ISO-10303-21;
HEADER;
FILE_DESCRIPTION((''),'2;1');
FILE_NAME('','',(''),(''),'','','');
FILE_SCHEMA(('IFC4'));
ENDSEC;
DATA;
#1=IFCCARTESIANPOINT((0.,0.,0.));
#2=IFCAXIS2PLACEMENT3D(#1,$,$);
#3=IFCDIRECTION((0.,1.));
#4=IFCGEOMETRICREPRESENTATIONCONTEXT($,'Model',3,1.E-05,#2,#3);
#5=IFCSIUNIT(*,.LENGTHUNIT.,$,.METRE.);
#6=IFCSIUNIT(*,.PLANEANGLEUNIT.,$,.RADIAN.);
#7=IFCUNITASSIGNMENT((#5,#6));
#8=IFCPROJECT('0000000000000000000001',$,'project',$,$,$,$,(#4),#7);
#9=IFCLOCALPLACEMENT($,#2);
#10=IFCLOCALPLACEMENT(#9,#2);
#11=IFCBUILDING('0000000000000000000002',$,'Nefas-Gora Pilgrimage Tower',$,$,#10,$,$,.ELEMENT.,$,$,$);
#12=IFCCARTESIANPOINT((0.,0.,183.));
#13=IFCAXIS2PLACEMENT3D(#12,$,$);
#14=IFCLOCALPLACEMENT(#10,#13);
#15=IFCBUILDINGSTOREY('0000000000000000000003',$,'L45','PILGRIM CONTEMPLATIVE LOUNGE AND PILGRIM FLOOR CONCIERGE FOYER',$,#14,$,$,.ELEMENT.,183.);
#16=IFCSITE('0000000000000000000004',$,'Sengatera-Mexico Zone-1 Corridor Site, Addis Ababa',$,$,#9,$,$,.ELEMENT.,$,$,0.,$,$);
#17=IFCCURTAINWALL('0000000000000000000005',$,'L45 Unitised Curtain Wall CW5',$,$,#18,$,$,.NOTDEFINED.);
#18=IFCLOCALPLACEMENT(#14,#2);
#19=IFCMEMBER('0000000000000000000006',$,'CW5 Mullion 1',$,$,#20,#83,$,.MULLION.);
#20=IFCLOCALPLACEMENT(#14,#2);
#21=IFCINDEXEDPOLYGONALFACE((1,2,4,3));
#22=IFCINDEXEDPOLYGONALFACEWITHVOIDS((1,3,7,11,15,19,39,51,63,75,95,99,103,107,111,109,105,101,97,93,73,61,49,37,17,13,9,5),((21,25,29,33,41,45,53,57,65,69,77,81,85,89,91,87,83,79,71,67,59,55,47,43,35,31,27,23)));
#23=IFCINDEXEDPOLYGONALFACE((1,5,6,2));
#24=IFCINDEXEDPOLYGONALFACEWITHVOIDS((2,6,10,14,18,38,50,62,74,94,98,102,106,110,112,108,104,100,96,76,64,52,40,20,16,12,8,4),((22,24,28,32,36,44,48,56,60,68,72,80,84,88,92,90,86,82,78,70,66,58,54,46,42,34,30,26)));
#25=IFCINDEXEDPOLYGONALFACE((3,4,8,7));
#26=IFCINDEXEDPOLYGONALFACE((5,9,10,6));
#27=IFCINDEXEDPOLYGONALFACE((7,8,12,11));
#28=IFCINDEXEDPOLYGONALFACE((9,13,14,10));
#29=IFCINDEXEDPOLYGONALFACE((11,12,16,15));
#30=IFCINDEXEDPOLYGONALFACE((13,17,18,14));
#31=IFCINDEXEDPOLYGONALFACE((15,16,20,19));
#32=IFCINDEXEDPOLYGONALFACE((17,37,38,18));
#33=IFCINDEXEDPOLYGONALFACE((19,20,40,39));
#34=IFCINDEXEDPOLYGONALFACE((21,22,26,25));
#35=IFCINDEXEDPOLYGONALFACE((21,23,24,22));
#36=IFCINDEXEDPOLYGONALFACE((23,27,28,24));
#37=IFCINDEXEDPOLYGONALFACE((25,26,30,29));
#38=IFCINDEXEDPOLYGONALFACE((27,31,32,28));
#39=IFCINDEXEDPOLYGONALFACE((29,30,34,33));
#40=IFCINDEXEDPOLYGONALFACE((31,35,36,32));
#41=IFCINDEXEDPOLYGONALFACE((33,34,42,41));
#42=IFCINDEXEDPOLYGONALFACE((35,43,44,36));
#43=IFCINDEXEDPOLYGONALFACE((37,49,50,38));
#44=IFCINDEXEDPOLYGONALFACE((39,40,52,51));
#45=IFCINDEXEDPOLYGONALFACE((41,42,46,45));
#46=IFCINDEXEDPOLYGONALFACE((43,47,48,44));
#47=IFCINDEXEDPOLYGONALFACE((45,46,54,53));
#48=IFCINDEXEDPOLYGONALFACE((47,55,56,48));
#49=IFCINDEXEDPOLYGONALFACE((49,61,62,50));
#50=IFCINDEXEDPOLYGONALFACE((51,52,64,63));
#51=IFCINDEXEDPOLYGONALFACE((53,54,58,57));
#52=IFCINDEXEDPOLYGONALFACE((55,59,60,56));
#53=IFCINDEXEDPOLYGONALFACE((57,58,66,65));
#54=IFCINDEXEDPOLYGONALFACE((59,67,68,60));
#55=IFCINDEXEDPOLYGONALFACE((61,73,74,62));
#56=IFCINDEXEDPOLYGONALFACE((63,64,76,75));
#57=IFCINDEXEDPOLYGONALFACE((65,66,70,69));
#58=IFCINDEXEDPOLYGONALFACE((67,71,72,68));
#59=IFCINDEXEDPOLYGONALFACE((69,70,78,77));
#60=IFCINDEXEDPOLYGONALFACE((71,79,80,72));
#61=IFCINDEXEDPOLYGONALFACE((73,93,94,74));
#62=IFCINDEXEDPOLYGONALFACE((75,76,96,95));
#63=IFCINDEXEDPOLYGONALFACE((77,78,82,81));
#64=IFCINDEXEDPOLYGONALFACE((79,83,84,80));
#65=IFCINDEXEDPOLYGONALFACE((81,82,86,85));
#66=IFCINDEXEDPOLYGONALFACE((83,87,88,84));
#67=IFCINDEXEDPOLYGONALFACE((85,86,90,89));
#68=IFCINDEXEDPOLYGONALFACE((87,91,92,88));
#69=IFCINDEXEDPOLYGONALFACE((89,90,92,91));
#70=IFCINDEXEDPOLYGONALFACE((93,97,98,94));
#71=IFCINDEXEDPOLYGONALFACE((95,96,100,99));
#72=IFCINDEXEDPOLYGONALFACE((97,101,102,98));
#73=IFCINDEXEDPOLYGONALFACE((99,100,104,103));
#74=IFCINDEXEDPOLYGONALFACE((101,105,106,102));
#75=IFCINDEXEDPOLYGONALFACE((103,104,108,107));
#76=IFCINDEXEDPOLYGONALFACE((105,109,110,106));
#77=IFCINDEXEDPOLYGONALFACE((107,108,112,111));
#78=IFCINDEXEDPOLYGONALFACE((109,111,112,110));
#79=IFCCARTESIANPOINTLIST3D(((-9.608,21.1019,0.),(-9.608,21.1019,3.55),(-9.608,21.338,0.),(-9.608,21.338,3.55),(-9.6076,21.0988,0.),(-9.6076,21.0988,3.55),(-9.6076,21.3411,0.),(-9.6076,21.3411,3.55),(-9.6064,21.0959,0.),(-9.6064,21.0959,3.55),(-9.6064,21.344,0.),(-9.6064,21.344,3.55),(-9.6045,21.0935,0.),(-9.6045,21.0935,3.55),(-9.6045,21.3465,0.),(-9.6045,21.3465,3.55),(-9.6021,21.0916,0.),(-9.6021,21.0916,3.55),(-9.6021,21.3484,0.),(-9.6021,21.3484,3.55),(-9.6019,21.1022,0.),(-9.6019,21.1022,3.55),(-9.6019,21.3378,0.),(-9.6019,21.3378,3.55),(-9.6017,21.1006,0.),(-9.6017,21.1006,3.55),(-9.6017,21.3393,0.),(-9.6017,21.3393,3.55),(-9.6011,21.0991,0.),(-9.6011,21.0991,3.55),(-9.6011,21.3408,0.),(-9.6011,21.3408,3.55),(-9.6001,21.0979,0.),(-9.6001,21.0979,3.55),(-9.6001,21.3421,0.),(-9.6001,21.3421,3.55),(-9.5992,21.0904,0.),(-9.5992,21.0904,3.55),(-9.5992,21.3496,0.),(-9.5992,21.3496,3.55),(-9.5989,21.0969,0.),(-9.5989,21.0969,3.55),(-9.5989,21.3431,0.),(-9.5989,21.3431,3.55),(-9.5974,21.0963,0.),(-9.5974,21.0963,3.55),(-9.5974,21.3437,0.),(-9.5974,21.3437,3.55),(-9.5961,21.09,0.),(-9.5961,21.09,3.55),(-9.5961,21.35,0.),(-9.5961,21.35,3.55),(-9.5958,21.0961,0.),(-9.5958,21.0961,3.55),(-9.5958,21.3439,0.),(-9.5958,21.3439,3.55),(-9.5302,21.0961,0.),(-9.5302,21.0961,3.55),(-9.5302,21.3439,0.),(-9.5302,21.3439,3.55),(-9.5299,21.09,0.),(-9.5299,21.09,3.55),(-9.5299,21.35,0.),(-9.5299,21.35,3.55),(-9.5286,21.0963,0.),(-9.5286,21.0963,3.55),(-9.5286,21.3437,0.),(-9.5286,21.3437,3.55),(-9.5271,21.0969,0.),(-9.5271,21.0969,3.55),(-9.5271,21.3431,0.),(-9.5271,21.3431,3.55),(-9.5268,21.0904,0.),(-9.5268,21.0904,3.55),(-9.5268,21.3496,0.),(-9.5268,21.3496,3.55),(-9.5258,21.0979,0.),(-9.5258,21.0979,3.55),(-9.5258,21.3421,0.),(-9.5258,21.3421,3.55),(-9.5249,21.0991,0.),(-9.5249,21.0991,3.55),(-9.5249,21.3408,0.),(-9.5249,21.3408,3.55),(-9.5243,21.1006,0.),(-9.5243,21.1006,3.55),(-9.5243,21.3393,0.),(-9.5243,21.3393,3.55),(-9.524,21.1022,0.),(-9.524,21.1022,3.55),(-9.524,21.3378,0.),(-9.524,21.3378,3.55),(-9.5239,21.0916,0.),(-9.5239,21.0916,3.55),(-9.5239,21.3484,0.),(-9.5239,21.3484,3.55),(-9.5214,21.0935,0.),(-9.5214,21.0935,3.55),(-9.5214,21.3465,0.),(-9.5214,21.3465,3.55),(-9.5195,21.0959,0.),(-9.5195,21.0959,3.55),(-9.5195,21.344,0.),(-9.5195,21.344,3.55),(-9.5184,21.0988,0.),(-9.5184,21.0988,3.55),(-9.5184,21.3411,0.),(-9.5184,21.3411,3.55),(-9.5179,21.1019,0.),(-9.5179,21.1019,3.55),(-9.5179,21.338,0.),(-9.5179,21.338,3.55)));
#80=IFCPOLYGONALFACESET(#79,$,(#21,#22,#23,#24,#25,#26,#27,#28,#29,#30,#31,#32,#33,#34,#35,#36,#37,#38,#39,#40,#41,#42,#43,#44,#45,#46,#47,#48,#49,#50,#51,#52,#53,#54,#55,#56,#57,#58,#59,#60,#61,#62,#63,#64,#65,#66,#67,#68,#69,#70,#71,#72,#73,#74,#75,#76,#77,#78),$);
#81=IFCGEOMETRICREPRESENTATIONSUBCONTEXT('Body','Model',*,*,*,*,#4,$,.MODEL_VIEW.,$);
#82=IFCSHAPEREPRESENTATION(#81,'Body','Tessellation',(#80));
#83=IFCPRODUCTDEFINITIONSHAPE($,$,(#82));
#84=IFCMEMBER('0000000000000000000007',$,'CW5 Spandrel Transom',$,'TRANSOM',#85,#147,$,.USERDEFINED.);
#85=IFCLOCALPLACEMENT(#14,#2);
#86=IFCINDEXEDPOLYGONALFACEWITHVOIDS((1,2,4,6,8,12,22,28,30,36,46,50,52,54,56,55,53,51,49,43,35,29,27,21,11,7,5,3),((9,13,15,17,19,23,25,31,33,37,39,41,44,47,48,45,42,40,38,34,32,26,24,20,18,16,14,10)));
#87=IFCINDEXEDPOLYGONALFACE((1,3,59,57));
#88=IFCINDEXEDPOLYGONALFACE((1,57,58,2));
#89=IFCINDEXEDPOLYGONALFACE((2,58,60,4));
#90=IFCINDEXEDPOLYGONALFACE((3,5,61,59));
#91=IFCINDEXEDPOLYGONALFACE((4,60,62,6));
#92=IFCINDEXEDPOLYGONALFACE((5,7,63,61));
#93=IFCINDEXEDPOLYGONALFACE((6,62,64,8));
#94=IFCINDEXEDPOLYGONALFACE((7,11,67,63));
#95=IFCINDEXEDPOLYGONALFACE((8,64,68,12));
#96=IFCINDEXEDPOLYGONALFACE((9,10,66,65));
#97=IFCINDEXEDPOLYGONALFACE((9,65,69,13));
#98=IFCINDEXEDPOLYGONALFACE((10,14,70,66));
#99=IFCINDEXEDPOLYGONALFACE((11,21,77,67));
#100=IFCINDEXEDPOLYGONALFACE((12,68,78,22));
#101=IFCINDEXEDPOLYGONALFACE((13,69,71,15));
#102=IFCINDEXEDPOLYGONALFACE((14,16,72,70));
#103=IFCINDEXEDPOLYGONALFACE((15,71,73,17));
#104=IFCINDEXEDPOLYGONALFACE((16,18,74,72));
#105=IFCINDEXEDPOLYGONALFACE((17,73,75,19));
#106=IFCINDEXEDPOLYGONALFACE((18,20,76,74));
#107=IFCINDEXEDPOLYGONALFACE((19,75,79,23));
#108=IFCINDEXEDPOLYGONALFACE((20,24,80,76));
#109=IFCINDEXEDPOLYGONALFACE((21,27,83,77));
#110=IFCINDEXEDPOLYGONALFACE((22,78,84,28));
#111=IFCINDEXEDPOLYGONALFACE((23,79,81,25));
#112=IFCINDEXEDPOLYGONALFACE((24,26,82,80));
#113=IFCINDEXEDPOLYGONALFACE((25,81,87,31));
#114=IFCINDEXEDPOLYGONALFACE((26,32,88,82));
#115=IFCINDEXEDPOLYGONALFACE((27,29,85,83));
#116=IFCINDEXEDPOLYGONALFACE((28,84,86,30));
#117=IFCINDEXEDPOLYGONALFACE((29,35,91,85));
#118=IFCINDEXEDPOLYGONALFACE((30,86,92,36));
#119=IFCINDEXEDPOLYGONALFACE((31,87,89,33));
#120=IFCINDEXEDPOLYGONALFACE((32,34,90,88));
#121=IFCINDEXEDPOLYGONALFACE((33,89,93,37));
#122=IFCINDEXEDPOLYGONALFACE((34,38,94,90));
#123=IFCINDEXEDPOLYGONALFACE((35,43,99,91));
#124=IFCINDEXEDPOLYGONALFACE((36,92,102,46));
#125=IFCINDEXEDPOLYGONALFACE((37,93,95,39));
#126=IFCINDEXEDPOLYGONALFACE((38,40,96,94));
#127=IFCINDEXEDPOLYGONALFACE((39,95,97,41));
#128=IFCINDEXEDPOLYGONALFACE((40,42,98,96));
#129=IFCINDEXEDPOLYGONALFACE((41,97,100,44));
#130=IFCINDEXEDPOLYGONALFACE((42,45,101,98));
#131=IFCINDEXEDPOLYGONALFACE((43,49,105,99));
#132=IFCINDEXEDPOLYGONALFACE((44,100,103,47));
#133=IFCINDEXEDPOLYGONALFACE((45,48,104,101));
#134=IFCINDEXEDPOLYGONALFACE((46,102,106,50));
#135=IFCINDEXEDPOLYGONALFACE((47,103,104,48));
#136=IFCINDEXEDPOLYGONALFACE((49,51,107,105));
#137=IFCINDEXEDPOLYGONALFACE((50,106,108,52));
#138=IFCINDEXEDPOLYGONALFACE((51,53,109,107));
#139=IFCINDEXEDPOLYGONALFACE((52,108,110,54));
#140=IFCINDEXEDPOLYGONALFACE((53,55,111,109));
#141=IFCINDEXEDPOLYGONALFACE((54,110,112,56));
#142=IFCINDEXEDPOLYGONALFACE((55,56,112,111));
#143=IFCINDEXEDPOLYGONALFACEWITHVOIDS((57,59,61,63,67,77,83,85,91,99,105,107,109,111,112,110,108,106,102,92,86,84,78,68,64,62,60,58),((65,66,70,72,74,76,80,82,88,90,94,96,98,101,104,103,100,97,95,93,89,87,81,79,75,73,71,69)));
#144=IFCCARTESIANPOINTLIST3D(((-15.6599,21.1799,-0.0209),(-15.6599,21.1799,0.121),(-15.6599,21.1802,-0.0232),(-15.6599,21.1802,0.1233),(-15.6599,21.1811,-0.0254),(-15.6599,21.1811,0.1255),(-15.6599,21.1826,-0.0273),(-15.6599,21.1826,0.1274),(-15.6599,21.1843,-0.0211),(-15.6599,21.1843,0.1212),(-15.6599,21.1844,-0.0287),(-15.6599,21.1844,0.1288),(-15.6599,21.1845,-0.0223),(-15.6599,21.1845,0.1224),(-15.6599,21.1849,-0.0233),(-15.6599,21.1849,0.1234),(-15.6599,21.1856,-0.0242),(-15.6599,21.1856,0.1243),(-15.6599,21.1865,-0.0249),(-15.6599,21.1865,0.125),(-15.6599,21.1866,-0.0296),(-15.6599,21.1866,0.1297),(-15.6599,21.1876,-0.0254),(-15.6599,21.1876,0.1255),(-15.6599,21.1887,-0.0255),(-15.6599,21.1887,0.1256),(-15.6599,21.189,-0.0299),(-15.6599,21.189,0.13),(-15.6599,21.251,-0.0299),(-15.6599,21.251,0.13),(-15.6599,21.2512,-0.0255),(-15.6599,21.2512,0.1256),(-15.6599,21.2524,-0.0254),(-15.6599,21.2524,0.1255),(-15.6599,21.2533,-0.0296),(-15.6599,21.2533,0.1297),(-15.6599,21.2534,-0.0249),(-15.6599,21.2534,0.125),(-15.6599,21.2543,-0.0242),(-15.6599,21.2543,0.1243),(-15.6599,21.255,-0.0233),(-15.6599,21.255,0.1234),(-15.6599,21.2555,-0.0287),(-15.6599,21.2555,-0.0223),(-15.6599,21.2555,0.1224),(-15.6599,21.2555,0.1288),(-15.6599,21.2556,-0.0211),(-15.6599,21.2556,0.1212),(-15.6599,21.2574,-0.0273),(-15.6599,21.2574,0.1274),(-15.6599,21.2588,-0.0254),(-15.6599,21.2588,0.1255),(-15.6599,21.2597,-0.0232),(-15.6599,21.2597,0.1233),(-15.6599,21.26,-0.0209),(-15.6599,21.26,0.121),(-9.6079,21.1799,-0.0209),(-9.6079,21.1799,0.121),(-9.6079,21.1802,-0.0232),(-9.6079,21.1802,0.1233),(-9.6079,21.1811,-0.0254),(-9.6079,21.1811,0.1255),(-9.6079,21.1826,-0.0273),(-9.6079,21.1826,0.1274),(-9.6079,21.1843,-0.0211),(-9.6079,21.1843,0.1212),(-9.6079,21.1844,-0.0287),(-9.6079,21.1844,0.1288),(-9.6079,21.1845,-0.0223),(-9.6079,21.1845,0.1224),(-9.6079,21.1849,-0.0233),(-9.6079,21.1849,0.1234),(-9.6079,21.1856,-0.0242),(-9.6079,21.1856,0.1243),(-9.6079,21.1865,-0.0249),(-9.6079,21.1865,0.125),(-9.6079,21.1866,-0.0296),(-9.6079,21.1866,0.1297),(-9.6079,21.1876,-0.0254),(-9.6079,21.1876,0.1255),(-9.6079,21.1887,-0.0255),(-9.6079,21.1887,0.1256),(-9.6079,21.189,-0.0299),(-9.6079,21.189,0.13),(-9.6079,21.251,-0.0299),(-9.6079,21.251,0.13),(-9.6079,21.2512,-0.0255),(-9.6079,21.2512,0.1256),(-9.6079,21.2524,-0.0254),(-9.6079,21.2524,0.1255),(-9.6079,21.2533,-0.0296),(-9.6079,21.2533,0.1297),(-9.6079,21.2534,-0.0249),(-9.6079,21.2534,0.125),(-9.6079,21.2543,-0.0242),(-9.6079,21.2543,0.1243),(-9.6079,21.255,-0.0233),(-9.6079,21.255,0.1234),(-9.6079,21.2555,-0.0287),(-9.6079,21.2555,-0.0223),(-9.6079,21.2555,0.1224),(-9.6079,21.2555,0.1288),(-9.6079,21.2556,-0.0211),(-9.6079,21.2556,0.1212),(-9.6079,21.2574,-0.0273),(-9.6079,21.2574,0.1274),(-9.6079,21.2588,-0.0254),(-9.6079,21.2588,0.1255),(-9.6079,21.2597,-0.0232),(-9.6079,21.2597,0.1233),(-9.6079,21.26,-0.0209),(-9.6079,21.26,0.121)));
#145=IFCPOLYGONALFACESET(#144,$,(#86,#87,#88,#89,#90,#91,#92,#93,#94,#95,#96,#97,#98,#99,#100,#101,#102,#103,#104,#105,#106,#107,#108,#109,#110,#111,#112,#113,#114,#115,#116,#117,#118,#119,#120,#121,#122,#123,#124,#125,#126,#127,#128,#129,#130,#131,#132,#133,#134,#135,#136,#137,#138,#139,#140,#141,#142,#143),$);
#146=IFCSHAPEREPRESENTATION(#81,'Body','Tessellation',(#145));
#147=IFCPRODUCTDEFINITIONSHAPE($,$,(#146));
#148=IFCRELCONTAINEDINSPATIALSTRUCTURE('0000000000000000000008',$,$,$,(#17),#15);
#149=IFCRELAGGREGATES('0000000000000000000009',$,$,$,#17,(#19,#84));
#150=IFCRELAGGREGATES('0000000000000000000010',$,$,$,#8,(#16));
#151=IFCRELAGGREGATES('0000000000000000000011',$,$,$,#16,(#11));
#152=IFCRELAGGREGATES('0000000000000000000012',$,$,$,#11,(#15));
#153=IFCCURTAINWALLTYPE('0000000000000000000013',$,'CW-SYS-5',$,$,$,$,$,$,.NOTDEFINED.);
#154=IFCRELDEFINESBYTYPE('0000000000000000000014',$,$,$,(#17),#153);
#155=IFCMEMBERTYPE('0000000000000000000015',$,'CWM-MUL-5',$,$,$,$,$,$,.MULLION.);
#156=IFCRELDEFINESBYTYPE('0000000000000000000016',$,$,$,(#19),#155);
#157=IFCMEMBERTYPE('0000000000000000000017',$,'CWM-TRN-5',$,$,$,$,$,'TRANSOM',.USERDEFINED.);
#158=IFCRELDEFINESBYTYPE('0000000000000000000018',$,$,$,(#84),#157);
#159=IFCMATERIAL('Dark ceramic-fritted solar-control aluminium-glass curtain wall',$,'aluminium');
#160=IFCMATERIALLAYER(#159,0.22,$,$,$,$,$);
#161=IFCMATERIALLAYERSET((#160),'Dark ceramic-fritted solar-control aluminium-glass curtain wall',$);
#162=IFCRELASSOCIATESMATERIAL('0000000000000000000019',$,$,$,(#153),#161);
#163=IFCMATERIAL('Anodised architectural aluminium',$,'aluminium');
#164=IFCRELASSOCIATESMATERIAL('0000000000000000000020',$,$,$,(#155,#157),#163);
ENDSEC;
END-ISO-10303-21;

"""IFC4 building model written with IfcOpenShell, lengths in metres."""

from ifc_helpers import new_model, si_unit, direction, frame, origin, origin_2d, place, context, subcontext, project, spatial, hollow_rectangle, extrude, source, transform, mapped, material, layer, layer_set, material_profile, profile_set, type_object, element, aggregate, save


model = new_model("IFC4")

# Units and contexts
model_context = context("Model", 3, precision=1e-05, world=origin(), true_north=direction((0.0, 1.0)))
body_context = subcontext(model_context, "Body", "Model", "MODEL_VIEW")
ifc_project = project(units=[si_unit("LENGTHUNIT", "METRE"), si_unit("PLANEANGLEUNIT", "RADIAN")], contexts=[model_context])

# Site, building, storey
site_placement = place(None, origin())
site = spatial("IfcSite", under=ifc_project, at=site_placement, Name="Sengatera-Mexico Zone-1 Corridor Site, Addis Ababa", CompositionType="ELEMENT", RefElevation=0.0)
building_placement = place(site_placement, origin())
building = spatial("IfcBuilding", under=site, at=building_placement, Name="Nefas-Gora Pilgrimage Tower", CompositionType="ELEMENT")
storey_placement = place(building_placement, frame((0.0, 0.0, 183.0)))
storey = spatial("IfcBuildingStorey", under=building, at=storey_placement, Name="L45", Description="PILGRIM CONTEMPLATIVE LOUNGE AND PILGRIM FLOOR CONCIERGE FOYER", CompositionType="ELEMENT", Elevation=183.0)

# Shared definitions
ifc_material_1 = material(Name="Dark ceramic-fritted solar-control aluminium-glass curtain wall", Category="aluminium")
ifc_layer_1 = layer(ifc_material_1, 0.22)
ifc_layer_set_1 = layer_set([ifc_layer_1], Name="Dark ceramic-fritted solar-control aluminium-glass curtain wall")
curtain_wall_type = type_object("IfcCurtainWallType", Name="CW-SYS-5", PredefinedType="NOTDEFINED", material=ifc_layer_set_1)
ifc_material_2 = material(Name="Anodised architectural aluminium", Category="aluminium")
ifc_material_profile_1 = material_profile(ifc_material_2, hollow_rectangle(XDim=0.0901, YDim=0.26, WallThickness=0.0061, InnerFilletRadius=0.0061, OuterFilletRadius=0.012, at=origin_2d()), Name="ALU MULLION 90x260")
ifc_profile_set_1 = profile_set([ifc_material_profile_1], Name="Anodised architectural aluminium")
member_type_1 = type_object("IfcMemberType", Name="CWM-MUL-5", PredefinedType="MULLION", material=ifc_profile_set_1)
shared_shape_1 = source(origin(), body_context, "Body", "SweptSolid", [
    extrude(hollow_rectangle(XDim=0.0901, YDim=0.26, WallThickness=0.0061, InnerFilletRadius=0.0061, OuterFilletRadius=0.012, at=origin_2d()), origin(), (0.0, 0.0, 1.0), 3.55),
])

# Curtain wall, members
curtain_wall_1_placement = place(storey_placement, origin())
curtain_wall_1 = element("IfcCurtainWall", 1, at=curtain_wall_1_placement, inside=storey, type_object=curtain_wall_type, Name="L45 Unitised Curtain Wall CW5", PredefinedType="NOTDEFINED")
member_1_placement = place(storey_placement, frame((-9.563, 21.22, 0.0), z_axis=(0.0, 0.0, 1.0), x_axis=(-1.0, 0.0, 0.0)))
member_1 = element("IfcMember", 2, at=member_1_placement, type_object=member_type_1, Name="CW5 Mullion 1", PredefinedType="MULLION", context=body_context, shape_type="MappedRepresentation", body=[
    mapped(shared_shape_1, transform((0.0, 0.0, 0.0), x_axis=(1.0, 0.0, 0.0), y_axis=(0.0, 1.0, 0.0), z_axis=(0.0, 0.0, 1.0), scale=1.0)),
])
ifc_material_profile_2 = material_profile(ifc_material_2, hollow_rectangle(XDim=0.0801, YDim=0.1599, WallThickness=0.0044, InnerFilletRadius=0.0044, OuterFilletRadius=0.009, at=origin_2d()), Name="ALU TRANSOM 80x160")
ifc_profile_set_2 = profile_set([ifc_material_profile_2], Name="Anodised architectural aluminium")
member_type_2 = type_object("IfcMemberType", Name="CWM-TRN-5", ElementType="TRANSOM", PredefinedType="USERDEFINED", material=ifc_profile_set_2)
shared_shape_2 = source(origin(), body_context, "Body", "SweptSolid", [
    extrude(hollow_rectangle(XDim=0.0801, YDim=0.1599, WallThickness=0.0044, InnerFilletRadius=0.0044, OuterFilletRadius=0.009, at=origin_2d()), origin(), (0.0, 0.0, 1.0), 6.052),
])
member_2_placement = place(storey_placement, frame((-9.6079, 21.22, 0.05), z_axis=(-1.0, 0.0, 0.0), x_axis=(0.0, -1.0, 0.0)))
member_2 = element("IfcMember", 3, at=member_2_placement, type_object=member_type_2, Name="CW5 Spandrel Transom", ObjectType="TRANSOM", PredefinedType="USERDEFINED", context=body_context, shape_type="MappedRepresentation", body=[
    mapped(shared_shape_2, transform((0.0, 0.0, 0.0), x_axis=(1.0, 0.0, 0.0), y_axis=(0.0, 1.0, 0.0), z_axis=(0.0, 0.0, 1.0), scale=1.0)),
])

aggregate(curtain_wall_1, [member_1, member_2])

save(model, "model.ifc")
